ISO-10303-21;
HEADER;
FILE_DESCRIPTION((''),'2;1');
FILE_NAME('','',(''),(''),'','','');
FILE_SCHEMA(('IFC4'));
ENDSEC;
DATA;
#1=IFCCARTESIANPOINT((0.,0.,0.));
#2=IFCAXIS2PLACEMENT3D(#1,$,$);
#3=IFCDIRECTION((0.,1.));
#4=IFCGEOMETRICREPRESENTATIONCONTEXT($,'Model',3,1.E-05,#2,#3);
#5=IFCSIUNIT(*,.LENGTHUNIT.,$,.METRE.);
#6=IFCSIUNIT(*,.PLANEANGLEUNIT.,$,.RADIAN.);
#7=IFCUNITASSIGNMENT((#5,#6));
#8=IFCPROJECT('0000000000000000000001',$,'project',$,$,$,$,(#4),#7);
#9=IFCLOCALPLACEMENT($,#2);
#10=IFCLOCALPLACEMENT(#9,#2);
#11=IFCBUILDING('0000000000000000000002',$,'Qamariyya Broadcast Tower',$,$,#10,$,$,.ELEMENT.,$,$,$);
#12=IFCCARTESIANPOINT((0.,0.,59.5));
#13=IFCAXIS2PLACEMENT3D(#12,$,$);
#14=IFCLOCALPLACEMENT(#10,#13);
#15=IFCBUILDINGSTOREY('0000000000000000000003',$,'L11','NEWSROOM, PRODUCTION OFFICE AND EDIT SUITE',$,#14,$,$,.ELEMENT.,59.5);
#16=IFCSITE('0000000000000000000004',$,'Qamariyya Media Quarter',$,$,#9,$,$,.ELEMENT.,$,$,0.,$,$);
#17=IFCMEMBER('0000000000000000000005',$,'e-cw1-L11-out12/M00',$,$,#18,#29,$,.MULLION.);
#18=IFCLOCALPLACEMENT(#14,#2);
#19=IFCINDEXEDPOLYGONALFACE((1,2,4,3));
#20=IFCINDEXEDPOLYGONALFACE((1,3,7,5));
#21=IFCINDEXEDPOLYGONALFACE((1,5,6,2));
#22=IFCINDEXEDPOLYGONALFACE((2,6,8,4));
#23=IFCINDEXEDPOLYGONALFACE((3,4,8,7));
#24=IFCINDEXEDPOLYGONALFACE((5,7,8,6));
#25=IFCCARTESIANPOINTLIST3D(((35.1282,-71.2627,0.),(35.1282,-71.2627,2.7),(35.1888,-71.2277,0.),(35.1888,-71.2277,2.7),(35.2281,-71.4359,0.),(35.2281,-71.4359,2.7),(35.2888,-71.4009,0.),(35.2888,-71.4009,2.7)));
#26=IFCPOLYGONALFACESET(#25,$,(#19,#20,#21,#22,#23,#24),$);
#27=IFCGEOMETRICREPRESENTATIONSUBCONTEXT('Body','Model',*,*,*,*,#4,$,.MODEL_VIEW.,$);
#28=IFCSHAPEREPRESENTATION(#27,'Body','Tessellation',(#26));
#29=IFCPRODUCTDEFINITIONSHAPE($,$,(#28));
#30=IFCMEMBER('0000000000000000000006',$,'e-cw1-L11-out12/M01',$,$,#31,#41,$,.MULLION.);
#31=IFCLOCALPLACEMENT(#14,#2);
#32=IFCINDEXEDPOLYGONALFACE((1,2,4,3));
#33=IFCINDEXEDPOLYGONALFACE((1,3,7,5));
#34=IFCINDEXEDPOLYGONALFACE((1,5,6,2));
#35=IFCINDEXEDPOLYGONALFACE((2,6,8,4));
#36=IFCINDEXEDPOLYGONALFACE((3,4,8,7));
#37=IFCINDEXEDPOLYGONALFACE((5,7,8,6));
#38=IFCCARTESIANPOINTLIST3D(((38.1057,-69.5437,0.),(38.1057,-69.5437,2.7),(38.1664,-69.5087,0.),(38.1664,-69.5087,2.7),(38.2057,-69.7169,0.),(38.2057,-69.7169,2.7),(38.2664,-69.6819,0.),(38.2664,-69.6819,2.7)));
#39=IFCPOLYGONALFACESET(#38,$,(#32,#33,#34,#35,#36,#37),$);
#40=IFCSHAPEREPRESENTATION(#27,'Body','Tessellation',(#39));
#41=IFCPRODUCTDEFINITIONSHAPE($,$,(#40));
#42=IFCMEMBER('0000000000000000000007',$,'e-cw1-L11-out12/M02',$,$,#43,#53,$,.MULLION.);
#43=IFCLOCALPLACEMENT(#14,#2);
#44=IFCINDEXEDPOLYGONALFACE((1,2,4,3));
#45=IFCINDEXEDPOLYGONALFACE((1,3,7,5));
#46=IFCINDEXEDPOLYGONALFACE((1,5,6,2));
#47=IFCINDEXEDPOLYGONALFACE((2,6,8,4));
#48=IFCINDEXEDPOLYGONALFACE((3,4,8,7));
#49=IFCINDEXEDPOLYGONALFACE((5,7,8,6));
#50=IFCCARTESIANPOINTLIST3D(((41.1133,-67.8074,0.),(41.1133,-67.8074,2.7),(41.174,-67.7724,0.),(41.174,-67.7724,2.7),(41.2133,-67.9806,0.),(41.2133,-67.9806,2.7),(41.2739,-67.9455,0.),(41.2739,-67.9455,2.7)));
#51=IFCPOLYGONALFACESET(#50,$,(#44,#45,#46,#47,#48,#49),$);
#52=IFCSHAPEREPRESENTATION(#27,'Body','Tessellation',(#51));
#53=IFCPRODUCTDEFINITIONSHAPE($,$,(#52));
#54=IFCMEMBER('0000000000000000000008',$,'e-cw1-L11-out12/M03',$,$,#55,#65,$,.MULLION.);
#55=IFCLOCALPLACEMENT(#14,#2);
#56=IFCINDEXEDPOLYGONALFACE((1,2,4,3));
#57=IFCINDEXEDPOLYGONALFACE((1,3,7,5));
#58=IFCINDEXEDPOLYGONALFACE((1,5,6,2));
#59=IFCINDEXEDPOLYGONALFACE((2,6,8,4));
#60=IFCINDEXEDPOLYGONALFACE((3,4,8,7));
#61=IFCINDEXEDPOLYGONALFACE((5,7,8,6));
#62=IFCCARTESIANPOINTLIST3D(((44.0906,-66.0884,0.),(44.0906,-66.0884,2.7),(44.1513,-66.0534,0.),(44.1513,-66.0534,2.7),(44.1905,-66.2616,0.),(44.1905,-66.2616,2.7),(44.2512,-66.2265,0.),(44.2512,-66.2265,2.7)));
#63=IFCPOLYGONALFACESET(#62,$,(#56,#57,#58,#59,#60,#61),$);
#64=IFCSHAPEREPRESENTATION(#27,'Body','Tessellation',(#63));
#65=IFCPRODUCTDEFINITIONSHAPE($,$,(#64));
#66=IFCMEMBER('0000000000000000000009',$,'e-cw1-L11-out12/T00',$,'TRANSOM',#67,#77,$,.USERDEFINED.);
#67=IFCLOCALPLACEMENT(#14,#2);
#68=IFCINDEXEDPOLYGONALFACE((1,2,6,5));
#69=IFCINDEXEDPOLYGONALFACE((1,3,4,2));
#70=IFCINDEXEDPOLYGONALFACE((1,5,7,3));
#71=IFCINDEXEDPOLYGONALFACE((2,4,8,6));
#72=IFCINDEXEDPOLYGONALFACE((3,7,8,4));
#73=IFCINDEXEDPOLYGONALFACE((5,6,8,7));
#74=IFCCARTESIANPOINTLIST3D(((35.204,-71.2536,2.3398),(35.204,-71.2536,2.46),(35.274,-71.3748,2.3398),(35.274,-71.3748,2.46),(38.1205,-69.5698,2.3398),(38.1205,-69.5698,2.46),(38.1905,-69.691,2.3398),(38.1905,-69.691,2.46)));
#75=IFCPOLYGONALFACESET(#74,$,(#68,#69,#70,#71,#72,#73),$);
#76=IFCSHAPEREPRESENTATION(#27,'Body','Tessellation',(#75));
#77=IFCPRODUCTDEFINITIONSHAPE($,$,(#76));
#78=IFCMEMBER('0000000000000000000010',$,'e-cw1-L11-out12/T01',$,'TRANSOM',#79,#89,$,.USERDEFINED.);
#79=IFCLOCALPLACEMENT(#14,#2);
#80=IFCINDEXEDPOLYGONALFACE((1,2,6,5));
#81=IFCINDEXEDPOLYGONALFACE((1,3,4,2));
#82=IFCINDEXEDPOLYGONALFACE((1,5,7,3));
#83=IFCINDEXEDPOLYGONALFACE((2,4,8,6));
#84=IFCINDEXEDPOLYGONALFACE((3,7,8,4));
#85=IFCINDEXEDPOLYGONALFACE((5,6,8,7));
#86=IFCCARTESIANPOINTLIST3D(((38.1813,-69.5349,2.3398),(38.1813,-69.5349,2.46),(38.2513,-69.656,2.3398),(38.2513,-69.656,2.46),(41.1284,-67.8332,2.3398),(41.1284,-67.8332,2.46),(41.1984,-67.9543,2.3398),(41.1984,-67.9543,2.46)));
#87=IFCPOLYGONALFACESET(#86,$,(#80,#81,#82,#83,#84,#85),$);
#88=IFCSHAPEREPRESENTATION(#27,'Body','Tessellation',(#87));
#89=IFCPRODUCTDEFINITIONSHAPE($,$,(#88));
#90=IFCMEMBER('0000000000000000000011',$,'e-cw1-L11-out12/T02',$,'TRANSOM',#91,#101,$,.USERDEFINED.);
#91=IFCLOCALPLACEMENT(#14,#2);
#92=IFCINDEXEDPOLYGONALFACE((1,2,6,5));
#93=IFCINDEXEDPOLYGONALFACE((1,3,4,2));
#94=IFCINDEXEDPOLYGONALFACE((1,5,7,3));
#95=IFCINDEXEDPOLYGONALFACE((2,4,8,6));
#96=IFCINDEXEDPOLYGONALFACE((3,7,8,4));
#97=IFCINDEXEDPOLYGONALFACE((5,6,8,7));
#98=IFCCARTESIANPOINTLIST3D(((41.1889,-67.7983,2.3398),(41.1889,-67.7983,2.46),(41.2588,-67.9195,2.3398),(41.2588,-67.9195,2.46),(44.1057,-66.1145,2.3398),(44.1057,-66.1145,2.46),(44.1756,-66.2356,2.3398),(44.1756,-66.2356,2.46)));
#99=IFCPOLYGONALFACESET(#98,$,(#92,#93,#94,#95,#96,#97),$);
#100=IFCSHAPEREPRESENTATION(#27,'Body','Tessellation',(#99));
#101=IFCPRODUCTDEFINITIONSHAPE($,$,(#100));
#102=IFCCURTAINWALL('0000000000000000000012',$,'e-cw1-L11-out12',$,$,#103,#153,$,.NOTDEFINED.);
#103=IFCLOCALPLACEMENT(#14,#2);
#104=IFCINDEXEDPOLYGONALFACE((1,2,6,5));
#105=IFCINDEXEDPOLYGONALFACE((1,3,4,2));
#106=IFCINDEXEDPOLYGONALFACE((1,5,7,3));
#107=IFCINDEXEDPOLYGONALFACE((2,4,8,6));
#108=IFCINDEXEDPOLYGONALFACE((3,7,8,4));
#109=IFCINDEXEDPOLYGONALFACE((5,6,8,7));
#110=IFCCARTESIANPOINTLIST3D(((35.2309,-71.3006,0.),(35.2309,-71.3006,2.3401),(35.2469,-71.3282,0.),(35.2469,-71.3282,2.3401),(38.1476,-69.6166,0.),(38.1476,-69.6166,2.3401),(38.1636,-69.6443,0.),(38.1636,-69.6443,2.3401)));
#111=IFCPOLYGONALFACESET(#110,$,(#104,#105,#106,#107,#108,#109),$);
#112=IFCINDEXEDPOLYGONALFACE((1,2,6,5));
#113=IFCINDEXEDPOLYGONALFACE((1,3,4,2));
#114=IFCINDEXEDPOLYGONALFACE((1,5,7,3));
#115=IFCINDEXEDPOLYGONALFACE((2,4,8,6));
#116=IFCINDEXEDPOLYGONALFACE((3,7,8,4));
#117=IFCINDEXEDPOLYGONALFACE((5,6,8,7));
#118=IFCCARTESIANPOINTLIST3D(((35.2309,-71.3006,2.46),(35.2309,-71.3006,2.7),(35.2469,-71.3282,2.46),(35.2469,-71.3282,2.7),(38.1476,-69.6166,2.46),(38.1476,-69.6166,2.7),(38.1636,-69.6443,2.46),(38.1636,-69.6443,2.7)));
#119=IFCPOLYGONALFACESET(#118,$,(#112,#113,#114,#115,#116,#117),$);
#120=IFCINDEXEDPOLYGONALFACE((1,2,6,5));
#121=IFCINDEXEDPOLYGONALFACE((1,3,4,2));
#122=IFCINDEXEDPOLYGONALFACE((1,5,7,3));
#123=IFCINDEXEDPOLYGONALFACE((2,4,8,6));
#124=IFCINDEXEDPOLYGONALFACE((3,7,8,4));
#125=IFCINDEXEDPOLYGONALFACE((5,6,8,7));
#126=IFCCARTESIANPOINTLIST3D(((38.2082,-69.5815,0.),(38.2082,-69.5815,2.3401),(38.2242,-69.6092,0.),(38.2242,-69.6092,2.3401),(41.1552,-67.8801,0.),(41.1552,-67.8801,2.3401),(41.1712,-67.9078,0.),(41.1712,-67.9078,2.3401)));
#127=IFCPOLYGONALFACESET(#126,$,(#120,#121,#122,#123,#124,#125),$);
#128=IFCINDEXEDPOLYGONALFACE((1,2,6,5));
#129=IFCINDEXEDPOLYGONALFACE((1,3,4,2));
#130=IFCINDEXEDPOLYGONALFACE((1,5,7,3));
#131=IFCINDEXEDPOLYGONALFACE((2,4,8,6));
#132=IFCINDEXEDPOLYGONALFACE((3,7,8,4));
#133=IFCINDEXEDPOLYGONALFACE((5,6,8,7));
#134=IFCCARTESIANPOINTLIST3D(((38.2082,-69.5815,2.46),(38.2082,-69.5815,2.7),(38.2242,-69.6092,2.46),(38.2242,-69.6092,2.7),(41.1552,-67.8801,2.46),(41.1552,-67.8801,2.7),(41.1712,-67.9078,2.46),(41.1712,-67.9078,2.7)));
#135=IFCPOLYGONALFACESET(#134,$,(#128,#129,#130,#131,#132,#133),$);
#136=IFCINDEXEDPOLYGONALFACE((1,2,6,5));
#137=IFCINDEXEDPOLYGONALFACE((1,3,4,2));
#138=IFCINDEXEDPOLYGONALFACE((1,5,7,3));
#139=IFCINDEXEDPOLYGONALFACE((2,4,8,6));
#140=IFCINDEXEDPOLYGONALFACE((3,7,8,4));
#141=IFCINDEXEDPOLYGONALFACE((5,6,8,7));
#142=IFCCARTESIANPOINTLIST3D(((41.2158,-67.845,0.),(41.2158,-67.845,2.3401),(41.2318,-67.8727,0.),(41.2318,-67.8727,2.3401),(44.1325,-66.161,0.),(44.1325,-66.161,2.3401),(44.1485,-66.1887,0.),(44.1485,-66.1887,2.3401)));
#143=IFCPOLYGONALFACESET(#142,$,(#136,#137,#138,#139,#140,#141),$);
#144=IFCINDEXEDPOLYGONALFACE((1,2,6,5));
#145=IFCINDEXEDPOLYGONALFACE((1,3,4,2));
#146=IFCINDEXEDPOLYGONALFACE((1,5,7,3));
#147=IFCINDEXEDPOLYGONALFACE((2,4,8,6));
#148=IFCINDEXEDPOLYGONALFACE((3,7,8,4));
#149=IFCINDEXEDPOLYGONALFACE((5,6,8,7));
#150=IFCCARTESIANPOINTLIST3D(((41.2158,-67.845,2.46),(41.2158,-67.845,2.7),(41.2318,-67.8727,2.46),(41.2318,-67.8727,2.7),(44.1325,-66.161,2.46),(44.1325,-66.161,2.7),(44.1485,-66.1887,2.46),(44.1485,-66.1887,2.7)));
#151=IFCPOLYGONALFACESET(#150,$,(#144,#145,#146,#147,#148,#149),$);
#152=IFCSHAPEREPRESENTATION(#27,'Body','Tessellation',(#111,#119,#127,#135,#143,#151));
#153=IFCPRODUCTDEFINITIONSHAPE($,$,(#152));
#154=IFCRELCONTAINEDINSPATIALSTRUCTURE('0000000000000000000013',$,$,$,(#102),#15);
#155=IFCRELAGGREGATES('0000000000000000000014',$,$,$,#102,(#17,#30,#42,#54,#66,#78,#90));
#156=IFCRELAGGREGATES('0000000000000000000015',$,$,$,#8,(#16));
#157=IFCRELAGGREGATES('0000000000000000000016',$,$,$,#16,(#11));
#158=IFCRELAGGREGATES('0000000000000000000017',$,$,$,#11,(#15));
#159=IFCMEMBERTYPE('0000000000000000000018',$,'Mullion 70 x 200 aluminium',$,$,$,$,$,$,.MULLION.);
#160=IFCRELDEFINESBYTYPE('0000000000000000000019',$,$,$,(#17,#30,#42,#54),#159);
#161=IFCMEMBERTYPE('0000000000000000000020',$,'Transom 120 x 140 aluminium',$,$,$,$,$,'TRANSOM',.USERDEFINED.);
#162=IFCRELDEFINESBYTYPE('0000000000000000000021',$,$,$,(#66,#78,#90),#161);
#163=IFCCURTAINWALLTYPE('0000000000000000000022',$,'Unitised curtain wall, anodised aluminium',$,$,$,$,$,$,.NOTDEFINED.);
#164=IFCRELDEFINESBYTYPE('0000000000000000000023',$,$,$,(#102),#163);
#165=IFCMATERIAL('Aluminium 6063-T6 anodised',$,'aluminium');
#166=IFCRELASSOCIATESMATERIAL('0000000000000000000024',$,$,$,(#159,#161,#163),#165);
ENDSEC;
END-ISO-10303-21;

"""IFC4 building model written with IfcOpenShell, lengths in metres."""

from ifc_helpers import new_model, si_unit, direction, frame, origin, origin_2d, place, context, subcontext, project, spatial, rectangle, extrude, material, material_profile, profile_set, type_object, element, aggregate, save


model = new_model("IFC4")

# Units and contexts
model_context = context("Model", 3, precision=1e-05, world=origin(), true_north=direction((0.0, 1.0)))
body_context = subcontext(model_context, "Body", "Model", "MODEL_VIEW")
ifc_project = project(units=[si_unit("LENGTHUNIT", "METRE"), si_unit("PLANEANGLEUNIT", "RADIAN")], contexts=[model_context])

# Members
ifc_material = material(Name="Aluminium 6063-T6 anodised", Category="aluminium")
ifc_material_profile_1 = material_profile(ifc_material, rectangle(XDim=0.2, YDim=0.0701, at=origin_2d()))
ifc_profile_set_1 = profile_set([ifc_material_profile_1], Name="Aluminium 6063-T6 anodised")
member_type_1 = type_object("IfcMemberType", Name="Mullion 70 x 200 aluminium", PredefinedType="MULLION", material=ifc_profile_set_1)
site_placement = place(None, origin())
building_placement = place(site_placement, origin())
storey_placement = place(building_placement, frame((0.0, 0.0, 59.5)))
member_1_placement = place(storey_placement, frame((35.2085, -71.3318, 0.0), z_axis=(0.0, 0.0, 1.0), x_axis=(-0.5, 0.866025, 0.0)))
member_1 = element("IfcMember", 1, at=member_1_placement, type_object=member_type_1, Name="e-cw1-L11-out12/M00", PredefinedType="MULLION", context=body_context, shape_type="SweptSolid", body=[
    extrude(rectangle(XDim=0.2, YDim=0.0701, at=origin_2d()), origin(), (0.0, 0.0, 1.0), 2.7),
])
member_2_placement = place(storey_placement, frame((38.186, -69.6128, 0.0), z_axis=(0.0, 0.0, 1.0), x_axis=(-0.5, 0.866025, 0.0)))
member_2 = element("IfcMember", 2, at=member_2_placement, type_object=member_type_1, Name="e-cw1-L11-out12/M01", PredefinedType="MULLION", context=body_context, shape_type="SweptSolid", body=[
    extrude(rectangle(XDim=0.2, YDim=0.0701, at=origin_2d()), origin(), (0.0, 0.0, 1.0), 2.7),
])
member_3_placement = place(storey_placement, frame((41.1936, -67.8765, 0.0), z_axis=(0.0, 0.0, 1.0), x_axis=(-0.5, 0.866025, 0.0)))
member_3 = element("IfcMember", 3, at=member_3_placement, type_object=member_type_1, Name="e-cw1-L11-out12/M02", PredefinedType="MULLION", context=body_context, shape_type="SweptSolid", body=[
    extrude(rectangle(XDim=0.2, YDim=0.0701, at=origin_2d()), origin(), (0.0, 0.0, 1.0), 2.7),
])
member_4_placement = place(storey_placement, frame((44.1709, -66.1575, 0.0), z_axis=(0.0, 0.0, 1.0), x_axis=(-0.5, 0.866025, 0.0)))
member_4 = element("IfcMember", 4, at=member_4_placement, type_object=member_type_1, Name="e-cw1-L11-out12/M03", PredefinedType="MULLION", context=body_context, shape_type="SweptSolid", body=[
    extrude(rectangle(XDim=0.2, YDim=0.0701, at=origin_2d()), origin(), (0.0, 0.0, 1.0), 2.7),
])
ifc_material_profile_2 = material_profile(ifc_material, rectangle(XDim=0.1399, YDim=0.1201, at=origin_2d()))
ifc_profile_set_2 = profile_set([ifc_material_profile_2], Name="Aluminium 6063-T6 anodised")
member_type_2 = type_object("IfcMemberType", Name="Transom 120 x 140 aluminium", ElementType="TRANSOM", PredefinedType="USERDEFINED", material=ifc_profile_set_2)
member_5_placement = place(storey_placement, frame((35.239, -71.3142, 2.3999), z_axis=(0.866026, 0.499999, 0.0), x_axis=(-0.499999, 0.866026, 0.0)))
member_5 = element("IfcMember", 5, at=member_5_placement, type_object=member_type_2, Name="e-cw1-L11-out12/T00", ObjectType="TRANSOM", PredefinedType="USERDEFINED", context=body_context, shape_type="SweptSolid", body=[
    extrude(rectangle(XDim=0.1399, YDim=0.1201, at=origin_2d()), origin(), (0.0, 0.0, 1.0), 3.3677),
])
member_6_placement = place(storey_placement, frame((38.2163, -69.5955, 2.3999), z_axis=(0.866, 0.500043, 0.0), x_axis=(-0.500043, 0.866, 0.0)))
member_6 = element("IfcMember", 6, at=member_6_placement, type_object=member_type_2, Name="e-cw1-L11-out12/T01", ObjectType="TRANSOM", PredefinedType="USERDEFINED", context=body_context, shape_type="SweptSolid", body=[
    extrude(rectangle(XDim=0.1399, YDim=0.1201, at=origin_2d()), origin(), (0.0, 0.0, 1.0), 3.4031),
])
member_7_placement = place(storey_placement, frame((41.2239, -67.8589, 2.3999), z_axis=(0.866044, 0.499967, 0.0), x_axis=(-0.499967, 0.866044, 0.0)))
member_7 = element("IfcMember", 7, at=member_7_placement, type_object=member_type_2, Name="e-cw1-L11-out12/T02", ObjectType="TRANSOM", PredefinedType="USERDEFINED", context=body_context, shape_type="SweptSolid", body=[
    extrude(rectangle(XDim=0.1399, YDim=0.1201, at=origin_2d()), origin(), (0.0, 0.0, 1.0), 3.3679),
])

# Site, building, storey
site = spatial("IfcSite", under=ifc_project, at=site_placement, Name="Qamariyya Media Quarter", CompositionType="ELEMENT", RefElevation=0.0)
building = spatial("IfcBuilding", under=site, at=building_placement, Name="Qamariyya Broadcast Tower", CompositionType="ELEMENT")
storey = spatial("IfcBuildingStorey", under=building, at=storey_placement, Name="L11", Description="NEWSROOM, PRODUCTION OFFICE AND EDIT SUITE", CompositionType="ELEMENT", Elevation=59.5)

# Curtain wall
curtain_wall_type = type_object("IfcCurtainWallType", Name="Unitised curtain wall, anodised aluminium", PredefinedType="NOTDEFINED", material=ifc_material)
curtain_wall_1_placement = place(storey_placement, origin())
curtain_wall_1 = element("IfcCurtainWall", 8, at=curtain_wall_1_placement, inside=storey, type_object=curtain_wall_type, Name="e-cw1-L11-out12", PredefinedType="NOTDEFINED", context=body_context, shape_type="SweptSolid", body=[
    extrude(rectangle(XDim=3.3679, YDim=0.032, at=origin_2d()), frame((36.6973, -70.4724, 0.0), x_axis=(0.866022, 0.500005, 0.0)), (0.0, 0.0, 1.0), 2.3401),
    extrude(rectangle(XDim=3.3679, YDim=0.032, at=origin_2d()), frame((36.6973, -70.4724, 2.46), x_axis=(0.866022, 0.500005, 0.0)), (0.0, 0.0, 1.0), 0.24),
    extrude(rectangle(XDim=3.4028, YDim=0.032, at=origin_2d()), frame((39.6897, -68.7446, 0.0), x_axis=(0.866022, 0.500005, 0.0)), (0.0, 0.0, 1.0), 2.3401),
    extrude(rectangle(XDim=3.4028, YDim=0.032, at=origin_2d()), frame((39.6897, -68.7446, 2.46), x_axis=(0.866022, 0.500005, 0.0)), (0.0, 0.0, 1.0), 0.24),
    extrude(rectangle(XDim=3.3679, YDim=0.032, at=origin_2d()), frame((42.6821, -67.0168, 0.0), x_axis=(0.866022, 0.500005, 0.0)), (0.0, 0.0, 1.0), 2.3401),
    extrude(rectangle(XDim=3.3679, YDim=0.032, at=origin_2d()), frame((42.6821, -67.0168, 2.46), x_axis=(0.866022, 0.500005, 0.0)), (0.0, 0.0, 1.0), 0.24),
])
aggregate(curtain_wall_1, [member_1, member_2, member_3, member_4, member_5, member_6, member_7])

save(model, "model.ifc")
